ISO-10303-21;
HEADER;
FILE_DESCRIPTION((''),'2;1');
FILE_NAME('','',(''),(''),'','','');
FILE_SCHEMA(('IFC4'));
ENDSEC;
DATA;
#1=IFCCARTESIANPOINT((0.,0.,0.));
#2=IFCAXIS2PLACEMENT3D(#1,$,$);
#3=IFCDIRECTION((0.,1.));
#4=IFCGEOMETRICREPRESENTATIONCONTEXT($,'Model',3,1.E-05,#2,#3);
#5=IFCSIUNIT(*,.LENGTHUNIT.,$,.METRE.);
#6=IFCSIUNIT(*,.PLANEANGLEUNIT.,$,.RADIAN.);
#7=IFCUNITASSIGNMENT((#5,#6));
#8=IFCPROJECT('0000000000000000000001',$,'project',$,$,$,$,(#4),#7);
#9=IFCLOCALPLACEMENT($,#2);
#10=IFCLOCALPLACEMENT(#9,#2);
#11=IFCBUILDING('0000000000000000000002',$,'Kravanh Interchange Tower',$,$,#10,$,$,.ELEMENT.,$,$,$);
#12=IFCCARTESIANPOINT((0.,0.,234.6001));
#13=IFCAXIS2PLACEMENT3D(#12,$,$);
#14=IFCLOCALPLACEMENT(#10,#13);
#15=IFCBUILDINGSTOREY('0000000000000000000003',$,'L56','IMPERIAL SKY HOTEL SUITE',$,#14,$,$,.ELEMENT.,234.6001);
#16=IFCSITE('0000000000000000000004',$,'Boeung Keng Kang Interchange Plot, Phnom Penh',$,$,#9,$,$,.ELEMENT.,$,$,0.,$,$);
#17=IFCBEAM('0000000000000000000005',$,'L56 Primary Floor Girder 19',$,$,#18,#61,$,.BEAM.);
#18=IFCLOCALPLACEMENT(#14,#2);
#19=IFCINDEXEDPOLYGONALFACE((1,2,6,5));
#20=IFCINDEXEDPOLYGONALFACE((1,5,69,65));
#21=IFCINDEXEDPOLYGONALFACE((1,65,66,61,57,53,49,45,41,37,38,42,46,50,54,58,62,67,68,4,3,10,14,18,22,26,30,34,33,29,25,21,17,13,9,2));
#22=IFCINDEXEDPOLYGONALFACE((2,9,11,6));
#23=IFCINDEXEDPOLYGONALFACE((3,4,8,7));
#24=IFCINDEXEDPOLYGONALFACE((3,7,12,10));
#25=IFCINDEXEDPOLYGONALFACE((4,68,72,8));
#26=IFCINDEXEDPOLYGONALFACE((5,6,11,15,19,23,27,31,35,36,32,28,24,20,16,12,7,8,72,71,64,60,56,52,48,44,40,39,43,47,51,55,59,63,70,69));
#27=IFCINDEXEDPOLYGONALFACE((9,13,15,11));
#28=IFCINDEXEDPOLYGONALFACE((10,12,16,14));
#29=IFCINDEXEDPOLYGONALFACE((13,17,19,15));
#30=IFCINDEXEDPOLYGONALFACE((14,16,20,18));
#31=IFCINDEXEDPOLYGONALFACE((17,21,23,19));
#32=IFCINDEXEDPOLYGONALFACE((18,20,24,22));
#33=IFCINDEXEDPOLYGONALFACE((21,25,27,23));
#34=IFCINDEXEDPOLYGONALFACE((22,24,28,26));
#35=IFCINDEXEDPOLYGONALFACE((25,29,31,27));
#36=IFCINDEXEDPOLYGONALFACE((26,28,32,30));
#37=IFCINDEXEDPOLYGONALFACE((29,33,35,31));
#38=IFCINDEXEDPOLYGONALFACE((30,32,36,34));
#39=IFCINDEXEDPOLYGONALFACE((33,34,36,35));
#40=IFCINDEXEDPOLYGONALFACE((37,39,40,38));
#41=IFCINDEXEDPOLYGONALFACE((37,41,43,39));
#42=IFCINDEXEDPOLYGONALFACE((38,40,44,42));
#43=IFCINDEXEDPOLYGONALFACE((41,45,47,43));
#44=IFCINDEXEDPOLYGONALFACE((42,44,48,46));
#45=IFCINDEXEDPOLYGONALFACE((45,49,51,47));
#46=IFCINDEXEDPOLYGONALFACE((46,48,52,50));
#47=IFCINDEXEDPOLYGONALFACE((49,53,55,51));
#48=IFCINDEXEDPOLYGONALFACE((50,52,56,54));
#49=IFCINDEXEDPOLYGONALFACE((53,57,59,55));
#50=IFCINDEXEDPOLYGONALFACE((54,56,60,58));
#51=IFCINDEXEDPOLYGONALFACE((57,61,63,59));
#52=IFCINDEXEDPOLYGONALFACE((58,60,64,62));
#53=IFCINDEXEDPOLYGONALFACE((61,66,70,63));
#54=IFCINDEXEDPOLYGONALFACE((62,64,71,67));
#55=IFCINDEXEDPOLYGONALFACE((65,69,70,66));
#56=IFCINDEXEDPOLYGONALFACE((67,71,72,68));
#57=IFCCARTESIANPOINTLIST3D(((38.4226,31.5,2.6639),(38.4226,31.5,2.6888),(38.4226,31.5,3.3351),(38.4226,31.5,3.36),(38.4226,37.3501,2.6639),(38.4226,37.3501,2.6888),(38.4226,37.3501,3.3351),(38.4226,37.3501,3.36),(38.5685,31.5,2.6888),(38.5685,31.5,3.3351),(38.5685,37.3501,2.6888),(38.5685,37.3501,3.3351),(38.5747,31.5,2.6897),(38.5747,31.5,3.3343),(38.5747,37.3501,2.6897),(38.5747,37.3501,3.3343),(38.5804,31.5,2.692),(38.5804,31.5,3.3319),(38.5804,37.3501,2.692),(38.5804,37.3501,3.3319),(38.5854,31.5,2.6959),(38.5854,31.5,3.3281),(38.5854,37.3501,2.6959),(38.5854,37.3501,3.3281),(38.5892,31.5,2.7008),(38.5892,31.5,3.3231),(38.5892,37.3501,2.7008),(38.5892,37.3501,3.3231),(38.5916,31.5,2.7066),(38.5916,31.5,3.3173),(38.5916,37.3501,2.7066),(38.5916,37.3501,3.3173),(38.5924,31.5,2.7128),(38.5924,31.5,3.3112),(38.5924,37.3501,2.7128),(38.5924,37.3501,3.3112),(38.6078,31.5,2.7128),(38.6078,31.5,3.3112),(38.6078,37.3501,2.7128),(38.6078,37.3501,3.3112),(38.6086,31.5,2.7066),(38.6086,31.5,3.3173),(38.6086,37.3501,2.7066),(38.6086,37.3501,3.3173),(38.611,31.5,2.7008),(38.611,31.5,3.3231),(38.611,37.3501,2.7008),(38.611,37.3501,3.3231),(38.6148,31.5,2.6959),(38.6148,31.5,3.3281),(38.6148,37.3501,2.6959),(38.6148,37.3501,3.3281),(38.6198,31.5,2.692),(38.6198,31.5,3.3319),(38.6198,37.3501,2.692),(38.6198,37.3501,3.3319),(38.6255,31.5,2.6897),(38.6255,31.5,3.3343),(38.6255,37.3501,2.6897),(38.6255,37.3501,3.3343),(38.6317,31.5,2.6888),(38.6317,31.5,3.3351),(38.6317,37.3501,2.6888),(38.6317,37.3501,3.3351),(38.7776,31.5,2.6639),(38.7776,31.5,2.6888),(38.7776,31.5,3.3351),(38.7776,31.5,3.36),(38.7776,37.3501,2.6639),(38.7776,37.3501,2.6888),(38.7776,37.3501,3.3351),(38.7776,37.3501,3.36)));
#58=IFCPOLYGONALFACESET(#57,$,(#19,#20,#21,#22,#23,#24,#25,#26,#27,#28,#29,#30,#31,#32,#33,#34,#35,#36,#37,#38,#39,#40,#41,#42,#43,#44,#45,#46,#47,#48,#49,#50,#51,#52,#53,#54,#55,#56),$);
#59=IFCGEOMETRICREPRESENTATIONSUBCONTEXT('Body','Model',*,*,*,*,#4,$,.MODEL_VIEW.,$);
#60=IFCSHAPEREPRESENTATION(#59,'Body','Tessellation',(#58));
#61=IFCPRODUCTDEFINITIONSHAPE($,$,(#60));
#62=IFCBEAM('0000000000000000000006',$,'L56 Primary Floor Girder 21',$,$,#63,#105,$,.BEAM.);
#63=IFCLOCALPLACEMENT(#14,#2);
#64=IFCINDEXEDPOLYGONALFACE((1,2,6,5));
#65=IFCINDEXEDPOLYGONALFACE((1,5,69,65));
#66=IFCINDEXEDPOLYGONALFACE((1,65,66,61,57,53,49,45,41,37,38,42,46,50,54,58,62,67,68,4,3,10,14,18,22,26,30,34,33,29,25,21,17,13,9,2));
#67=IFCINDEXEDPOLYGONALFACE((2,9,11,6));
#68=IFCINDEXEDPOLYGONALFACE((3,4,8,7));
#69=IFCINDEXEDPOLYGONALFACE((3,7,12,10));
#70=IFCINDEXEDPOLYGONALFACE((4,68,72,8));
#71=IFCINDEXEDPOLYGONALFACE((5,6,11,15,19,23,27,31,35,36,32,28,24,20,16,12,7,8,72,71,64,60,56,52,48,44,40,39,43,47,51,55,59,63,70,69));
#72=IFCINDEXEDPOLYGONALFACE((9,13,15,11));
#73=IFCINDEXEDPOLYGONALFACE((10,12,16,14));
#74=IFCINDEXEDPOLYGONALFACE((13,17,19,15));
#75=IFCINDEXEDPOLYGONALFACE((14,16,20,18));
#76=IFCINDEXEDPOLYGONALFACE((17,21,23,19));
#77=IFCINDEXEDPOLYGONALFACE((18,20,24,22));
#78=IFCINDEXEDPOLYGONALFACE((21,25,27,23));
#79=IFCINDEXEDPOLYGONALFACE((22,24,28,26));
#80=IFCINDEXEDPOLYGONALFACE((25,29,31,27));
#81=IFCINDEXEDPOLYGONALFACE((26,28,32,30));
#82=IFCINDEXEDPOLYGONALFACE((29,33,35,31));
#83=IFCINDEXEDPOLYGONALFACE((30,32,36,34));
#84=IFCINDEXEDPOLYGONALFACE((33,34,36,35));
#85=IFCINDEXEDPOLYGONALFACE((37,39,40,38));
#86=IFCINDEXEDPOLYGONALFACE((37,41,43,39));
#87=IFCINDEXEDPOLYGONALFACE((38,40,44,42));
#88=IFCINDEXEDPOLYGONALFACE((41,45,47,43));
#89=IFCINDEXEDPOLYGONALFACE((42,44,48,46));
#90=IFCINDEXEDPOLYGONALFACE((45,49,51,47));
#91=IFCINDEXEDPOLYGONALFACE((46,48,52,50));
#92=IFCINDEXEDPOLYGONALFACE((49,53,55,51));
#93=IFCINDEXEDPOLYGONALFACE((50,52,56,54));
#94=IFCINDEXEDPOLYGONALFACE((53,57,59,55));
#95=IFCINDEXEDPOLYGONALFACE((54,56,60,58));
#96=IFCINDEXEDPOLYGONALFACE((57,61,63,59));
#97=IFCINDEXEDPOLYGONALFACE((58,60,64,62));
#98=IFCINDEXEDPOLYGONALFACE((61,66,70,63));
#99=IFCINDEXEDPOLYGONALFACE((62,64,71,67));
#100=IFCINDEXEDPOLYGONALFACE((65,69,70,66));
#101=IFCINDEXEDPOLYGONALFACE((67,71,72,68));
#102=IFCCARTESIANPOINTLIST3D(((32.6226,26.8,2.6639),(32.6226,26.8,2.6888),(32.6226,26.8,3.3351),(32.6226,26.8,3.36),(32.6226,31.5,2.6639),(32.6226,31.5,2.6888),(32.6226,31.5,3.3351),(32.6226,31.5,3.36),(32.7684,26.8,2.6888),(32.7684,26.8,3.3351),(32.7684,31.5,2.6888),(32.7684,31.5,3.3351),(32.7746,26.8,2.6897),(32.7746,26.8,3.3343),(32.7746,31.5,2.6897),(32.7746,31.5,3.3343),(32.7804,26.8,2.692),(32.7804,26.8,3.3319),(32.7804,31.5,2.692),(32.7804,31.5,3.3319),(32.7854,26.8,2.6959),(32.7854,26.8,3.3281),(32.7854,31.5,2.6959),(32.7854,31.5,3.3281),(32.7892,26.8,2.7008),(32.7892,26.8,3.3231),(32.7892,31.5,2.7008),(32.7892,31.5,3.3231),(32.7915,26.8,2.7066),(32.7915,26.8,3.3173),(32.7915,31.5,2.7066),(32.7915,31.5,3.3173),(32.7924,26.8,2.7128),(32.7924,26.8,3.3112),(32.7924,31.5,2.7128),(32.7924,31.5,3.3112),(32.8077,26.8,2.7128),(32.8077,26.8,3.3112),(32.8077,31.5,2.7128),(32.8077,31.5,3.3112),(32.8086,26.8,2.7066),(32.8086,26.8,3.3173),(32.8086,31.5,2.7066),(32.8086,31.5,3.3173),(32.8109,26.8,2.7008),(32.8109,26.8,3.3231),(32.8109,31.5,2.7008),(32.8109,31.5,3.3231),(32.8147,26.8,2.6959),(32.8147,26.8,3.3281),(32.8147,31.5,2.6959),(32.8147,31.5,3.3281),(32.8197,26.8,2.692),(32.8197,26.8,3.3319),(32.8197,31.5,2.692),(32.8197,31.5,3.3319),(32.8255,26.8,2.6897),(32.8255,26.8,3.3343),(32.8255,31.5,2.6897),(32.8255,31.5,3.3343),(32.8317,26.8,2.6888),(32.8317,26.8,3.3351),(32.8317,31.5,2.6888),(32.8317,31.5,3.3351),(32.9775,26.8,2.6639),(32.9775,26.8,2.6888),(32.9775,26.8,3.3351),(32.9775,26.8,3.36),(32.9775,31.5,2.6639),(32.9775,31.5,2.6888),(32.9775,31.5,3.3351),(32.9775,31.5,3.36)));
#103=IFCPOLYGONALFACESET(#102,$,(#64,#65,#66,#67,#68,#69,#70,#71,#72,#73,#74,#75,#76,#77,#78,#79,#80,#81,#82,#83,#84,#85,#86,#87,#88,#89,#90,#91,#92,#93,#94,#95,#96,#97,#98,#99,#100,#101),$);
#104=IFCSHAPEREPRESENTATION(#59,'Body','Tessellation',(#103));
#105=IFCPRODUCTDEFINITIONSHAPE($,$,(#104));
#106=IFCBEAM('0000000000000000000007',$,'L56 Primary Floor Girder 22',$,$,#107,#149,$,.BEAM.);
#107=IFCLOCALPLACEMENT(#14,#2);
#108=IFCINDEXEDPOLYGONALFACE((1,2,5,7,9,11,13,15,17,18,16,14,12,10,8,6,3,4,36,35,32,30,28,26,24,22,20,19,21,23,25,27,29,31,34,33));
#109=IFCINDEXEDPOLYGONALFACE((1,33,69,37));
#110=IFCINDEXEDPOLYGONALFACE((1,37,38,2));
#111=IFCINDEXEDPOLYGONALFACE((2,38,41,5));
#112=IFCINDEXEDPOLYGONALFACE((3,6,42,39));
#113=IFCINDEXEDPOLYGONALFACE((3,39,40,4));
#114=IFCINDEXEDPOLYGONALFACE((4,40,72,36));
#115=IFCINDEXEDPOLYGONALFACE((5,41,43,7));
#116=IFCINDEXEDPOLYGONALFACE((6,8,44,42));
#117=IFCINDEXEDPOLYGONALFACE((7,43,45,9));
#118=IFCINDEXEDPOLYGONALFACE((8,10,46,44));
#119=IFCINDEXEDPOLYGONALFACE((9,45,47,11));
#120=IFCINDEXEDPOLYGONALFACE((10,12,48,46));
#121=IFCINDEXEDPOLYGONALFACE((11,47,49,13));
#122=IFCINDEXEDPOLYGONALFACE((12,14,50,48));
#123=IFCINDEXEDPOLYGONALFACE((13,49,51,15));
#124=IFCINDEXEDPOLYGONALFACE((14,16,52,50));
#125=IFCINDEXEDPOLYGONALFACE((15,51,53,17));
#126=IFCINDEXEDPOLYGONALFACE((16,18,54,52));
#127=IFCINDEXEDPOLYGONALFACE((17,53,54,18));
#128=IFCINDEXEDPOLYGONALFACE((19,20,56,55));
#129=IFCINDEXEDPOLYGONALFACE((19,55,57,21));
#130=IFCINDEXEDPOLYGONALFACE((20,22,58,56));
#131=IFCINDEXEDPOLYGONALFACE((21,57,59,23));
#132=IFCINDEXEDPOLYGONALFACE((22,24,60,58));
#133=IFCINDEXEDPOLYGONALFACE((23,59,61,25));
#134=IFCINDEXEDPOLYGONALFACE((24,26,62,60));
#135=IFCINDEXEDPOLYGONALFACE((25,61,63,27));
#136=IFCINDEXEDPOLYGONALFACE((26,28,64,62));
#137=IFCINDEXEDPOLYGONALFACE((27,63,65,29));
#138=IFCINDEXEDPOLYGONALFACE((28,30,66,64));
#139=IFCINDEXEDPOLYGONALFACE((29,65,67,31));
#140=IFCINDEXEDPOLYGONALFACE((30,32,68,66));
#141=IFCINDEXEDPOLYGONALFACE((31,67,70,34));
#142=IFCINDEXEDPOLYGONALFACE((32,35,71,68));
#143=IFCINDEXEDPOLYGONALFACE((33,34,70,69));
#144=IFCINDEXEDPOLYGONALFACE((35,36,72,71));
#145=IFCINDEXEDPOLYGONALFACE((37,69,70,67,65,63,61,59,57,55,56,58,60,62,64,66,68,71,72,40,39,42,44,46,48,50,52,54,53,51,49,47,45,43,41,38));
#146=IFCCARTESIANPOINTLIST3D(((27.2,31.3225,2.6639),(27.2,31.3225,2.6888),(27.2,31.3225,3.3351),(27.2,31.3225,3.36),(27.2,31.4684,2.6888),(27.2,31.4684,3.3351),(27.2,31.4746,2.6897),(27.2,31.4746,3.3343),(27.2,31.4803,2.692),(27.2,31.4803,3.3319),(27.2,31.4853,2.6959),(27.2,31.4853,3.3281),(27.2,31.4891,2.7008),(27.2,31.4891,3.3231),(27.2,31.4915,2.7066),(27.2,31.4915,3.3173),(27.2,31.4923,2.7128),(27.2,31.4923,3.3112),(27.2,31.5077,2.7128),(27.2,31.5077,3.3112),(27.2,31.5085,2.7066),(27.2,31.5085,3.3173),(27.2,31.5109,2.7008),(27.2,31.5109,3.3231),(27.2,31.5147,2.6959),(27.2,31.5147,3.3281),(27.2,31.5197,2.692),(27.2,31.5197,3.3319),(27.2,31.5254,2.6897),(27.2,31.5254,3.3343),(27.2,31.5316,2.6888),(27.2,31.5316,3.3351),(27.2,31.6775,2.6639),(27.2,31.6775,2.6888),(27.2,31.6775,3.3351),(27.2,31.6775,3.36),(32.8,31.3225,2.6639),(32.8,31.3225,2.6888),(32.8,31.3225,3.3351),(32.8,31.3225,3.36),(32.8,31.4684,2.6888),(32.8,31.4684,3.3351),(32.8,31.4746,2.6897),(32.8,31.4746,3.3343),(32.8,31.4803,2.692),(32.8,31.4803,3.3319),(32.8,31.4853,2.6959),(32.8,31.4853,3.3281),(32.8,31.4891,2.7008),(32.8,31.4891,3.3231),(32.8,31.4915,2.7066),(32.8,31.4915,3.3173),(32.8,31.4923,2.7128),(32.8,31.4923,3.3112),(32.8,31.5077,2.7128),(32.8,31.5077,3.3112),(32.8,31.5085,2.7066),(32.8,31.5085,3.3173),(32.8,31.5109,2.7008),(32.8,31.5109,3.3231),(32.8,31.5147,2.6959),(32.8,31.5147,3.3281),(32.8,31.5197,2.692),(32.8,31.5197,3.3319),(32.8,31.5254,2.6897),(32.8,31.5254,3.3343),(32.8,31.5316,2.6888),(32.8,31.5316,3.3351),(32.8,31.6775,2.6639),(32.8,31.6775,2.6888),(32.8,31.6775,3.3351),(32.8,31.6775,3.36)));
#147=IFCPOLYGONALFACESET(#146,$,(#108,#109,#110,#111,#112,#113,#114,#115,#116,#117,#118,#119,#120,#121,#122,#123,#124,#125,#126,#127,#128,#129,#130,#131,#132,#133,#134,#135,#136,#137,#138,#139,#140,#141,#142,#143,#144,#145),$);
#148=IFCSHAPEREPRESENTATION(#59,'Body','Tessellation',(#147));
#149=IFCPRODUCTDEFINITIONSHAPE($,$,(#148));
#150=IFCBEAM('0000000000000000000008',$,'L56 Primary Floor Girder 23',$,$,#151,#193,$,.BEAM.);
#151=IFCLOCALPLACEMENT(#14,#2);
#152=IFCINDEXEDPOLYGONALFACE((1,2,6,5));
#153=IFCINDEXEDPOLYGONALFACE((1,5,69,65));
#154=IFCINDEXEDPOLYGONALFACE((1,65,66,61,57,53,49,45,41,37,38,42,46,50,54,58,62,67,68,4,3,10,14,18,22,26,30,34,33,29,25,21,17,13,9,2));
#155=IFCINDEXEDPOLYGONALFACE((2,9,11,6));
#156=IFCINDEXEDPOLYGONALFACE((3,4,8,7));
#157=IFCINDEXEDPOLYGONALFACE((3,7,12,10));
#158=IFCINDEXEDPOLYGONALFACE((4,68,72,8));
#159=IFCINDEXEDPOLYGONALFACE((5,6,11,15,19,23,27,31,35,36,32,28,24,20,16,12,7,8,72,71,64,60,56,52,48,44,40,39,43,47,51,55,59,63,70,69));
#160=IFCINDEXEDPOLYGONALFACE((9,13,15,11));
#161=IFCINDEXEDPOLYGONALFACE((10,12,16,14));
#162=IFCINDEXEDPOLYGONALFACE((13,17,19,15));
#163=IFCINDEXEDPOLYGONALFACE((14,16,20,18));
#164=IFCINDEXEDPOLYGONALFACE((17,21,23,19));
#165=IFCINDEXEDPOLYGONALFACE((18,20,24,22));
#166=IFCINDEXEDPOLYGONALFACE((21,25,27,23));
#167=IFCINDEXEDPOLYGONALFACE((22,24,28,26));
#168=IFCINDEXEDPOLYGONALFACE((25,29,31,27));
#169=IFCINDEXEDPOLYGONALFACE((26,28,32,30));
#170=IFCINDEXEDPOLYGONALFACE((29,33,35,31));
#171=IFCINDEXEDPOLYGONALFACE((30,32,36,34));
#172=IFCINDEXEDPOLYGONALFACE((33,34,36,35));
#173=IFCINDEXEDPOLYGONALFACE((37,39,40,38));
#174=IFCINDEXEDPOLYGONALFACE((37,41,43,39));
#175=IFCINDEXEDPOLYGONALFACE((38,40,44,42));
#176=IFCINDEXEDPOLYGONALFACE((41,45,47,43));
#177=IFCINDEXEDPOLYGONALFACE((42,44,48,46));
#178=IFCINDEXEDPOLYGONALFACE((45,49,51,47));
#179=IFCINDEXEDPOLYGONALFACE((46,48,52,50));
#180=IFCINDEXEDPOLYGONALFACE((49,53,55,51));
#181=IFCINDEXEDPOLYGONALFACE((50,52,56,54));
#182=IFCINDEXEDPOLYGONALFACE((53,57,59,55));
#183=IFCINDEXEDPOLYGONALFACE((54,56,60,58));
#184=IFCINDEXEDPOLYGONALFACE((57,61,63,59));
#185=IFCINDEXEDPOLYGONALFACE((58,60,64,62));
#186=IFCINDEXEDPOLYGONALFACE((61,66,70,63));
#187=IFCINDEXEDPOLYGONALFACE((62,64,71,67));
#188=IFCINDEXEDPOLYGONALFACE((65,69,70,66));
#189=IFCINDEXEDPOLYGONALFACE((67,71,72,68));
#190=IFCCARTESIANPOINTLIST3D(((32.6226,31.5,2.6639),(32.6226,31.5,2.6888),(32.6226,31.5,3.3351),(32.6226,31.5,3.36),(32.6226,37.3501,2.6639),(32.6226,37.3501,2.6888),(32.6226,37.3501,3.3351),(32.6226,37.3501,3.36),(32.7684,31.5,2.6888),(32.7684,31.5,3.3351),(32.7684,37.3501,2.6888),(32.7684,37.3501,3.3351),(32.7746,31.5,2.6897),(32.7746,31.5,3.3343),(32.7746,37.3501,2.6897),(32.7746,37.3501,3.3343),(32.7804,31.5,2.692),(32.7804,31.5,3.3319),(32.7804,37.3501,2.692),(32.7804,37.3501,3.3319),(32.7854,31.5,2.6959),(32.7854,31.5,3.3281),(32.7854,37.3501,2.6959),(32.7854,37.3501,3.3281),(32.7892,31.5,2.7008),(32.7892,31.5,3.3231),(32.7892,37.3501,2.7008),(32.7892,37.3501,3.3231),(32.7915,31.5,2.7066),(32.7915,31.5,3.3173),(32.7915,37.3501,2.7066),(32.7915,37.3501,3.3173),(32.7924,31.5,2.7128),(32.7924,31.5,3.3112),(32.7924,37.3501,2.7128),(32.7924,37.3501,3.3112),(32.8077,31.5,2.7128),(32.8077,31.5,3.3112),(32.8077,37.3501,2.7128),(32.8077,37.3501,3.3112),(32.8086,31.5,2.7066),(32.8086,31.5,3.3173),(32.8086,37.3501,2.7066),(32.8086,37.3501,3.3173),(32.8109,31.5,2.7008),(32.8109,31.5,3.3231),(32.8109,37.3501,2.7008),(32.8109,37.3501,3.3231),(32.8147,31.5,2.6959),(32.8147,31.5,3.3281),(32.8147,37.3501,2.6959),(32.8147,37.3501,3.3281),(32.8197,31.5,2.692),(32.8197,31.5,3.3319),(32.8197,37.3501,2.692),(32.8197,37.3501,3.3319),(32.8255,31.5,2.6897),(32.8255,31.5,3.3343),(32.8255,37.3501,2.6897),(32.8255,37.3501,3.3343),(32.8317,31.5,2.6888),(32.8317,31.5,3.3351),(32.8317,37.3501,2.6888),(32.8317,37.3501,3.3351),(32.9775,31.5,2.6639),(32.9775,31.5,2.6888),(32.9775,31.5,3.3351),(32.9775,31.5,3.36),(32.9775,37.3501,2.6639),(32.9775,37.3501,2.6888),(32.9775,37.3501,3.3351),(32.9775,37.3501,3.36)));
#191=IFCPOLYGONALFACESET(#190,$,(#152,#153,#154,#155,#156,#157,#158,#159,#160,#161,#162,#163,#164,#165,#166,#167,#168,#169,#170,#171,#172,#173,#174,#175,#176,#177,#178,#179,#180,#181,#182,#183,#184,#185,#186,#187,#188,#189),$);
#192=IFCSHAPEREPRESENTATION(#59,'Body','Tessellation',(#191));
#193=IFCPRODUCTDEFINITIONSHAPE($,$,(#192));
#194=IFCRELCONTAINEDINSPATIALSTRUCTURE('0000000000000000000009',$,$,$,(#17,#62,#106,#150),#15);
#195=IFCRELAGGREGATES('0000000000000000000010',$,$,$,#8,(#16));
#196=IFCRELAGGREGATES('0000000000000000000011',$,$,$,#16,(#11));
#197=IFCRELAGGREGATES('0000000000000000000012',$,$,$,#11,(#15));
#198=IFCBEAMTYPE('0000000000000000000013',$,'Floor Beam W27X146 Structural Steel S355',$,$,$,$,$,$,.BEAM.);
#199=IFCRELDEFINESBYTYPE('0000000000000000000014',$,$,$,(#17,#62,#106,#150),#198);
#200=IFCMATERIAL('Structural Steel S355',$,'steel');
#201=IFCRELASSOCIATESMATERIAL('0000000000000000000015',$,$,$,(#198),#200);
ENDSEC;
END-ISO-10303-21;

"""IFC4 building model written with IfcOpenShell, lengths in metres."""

from ifc_helpers import new_model, si_unit, direction, frame, origin, origin_2d, place, context, subcontext, project, spatial, i_section, extrude, material, material_profile, profile_set, type_object, element, save


model = new_model("IFC4")

# Units and contexts
model_context = context("Model", 3, precision=1e-05, world=origin(), true_north=direction((0.0, 1.0)))
body_context = subcontext(model_context, "Body", "Model", "MODEL_VIEW")
ifc_project = project(units=[si_unit("LENGTHUNIT", "METRE"), si_unit("PLANEANGLEUNIT", "RADIAN")], contexts=[model_context])

# Site, building, storey
site_placement = place(None, origin())
site = spatial("IfcSite", under=ifc_project, at=site_placement, Name="Boeung Keng Kang Interchange Plot, Phnom Penh", CompositionType="ELEMENT", RefElevation=0.0)
building_placement = place(site_placement, origin())
building = spatial("IfcBuilding", under=site, at=building_placement, Name="Kravanh Interchange Tower", CompositionType="ELEMENT")
storey_placement = place(building_placement, frame((0.0, 0.0, 234.6001)))
storey = spatial("IfcBuildingStorey", under=building, at=storey_placement, Name="L56", Description="IMPERIAL SKY HOTEL SUITE", CompositionType="ELEMENT", Elevation=234.6001)

# Beams
ifc_material_1 = material(Name="Structural Steel S355", Category="steel")
ifc_material_profile_1 = material_profile(ifc_material_1, i_section(OverallWidth=0.355, OverallDepth=0.696, WebThickness=0.0154, FlangeThickness=0.0249, FilletRadius=0.0239, at=origin_2d()), Name="W27X146")
ifc_profile_set_1 = profile_set([ifc_material_profile_1], Name="Structural Steel S355")
beam_type_1 = type_object("IfcBeamType", Name="Floor Beam W27X146 Structural Steel S355", PredefinedType="BEAM", material=ifc_profile_set_1)
beam_1_placement = place(storey_placement, frame((38.6001, 31.5, 3.012), z_axis=(0.0, 1.0, 0.0), x_axis=(-1.0, 0.0, 0.0)))
element("IfcBeam", 1, at=beam_1_placement, inside=storey, type_object=beam_type_1, Name="L56 Primary Floor Girder 19", PredefinedType="BEAM", context=body_context, shape_type="SweptSolid", body=[
    extrude(i_section(OverallWidth=0.355, OverallDepth=0.696, WebThickness=0.0154, FlangeThickness=0.0249, FilletRadius=0.0239, at=origin_2d()), origin(), (0.0, 0.0, 1.0), 5.8501),
])
beam_2_placement = place(storey_placement, frame((32.8, 31.5, 3.012), z_axis=(0.0, -1.0, 0.0), x_axis=(1.0, 0.0, 0.0)))
element("IfcBeam", 2, at=beam_2_placement, inside=storey, type_object=beam_type_1, Name="L56 Primary Floor Girder 21", PredefinedType="BEAM", context=body_context, shape_type="SweptSolid", body=[
    extrude(i_section(OverallWidth=0.355, OverallDepth=0.696, WebThickness=0.0154, FlangeThickness=0.0249, FilletRadius=0.0239, at=origin_2d()), origin(), (0.0, 0.0, 1.0), 4.7),
])
beam_3_placement = place(storey_placement, frame((32.8, 31.5, 3.012), z_axis=(-1.0, 0.0, 0.0), x_axis=(0.0, -1.0, 0.0)))
element("IfcBeam", 3, at=beam_3_placement, inside=storey, type_object=beam_type_1, Name="L56 Primary Floor Girder 22", PredefinedType="BEAM", context=body_context, shape_type="SweptSolid", body=[
    extrude(i_section(OverallWidth=0.355, OverallDepth=0.696, WebThickness=0.0154, FlangeThickness=0.0249, FilletRadius=0.0239, at=origin_2d()), origin(), (0.0, 0.0, 1.0), 5.6001),
])
beam_4_placement = place(storey_placement, frame((32.8, 31.5, 3.012), z_axis=(0.0, 1.0, 0.0), x_axis=(-1.0, 0.0, 0.0)))
element("IfcBeam", 4, at=beam_4_placement, inside=storey, type_object=beam_type_1, Name="L56 Primary Floor Girder 23", PredefinedType="BEAM", context=body_context, shape_type="SweptSolid", body=[
    extrude(i_section(OverallWidth=0.355, OverallDepth=0.696, WebThickness=0.0154, FlangeThickness=0.0249, FilletRadius=0.0239, at=origin_2d()), origin(), (0.0, 0.0, 1.0), 5.8501),
])

save(model, "model.ifc")
